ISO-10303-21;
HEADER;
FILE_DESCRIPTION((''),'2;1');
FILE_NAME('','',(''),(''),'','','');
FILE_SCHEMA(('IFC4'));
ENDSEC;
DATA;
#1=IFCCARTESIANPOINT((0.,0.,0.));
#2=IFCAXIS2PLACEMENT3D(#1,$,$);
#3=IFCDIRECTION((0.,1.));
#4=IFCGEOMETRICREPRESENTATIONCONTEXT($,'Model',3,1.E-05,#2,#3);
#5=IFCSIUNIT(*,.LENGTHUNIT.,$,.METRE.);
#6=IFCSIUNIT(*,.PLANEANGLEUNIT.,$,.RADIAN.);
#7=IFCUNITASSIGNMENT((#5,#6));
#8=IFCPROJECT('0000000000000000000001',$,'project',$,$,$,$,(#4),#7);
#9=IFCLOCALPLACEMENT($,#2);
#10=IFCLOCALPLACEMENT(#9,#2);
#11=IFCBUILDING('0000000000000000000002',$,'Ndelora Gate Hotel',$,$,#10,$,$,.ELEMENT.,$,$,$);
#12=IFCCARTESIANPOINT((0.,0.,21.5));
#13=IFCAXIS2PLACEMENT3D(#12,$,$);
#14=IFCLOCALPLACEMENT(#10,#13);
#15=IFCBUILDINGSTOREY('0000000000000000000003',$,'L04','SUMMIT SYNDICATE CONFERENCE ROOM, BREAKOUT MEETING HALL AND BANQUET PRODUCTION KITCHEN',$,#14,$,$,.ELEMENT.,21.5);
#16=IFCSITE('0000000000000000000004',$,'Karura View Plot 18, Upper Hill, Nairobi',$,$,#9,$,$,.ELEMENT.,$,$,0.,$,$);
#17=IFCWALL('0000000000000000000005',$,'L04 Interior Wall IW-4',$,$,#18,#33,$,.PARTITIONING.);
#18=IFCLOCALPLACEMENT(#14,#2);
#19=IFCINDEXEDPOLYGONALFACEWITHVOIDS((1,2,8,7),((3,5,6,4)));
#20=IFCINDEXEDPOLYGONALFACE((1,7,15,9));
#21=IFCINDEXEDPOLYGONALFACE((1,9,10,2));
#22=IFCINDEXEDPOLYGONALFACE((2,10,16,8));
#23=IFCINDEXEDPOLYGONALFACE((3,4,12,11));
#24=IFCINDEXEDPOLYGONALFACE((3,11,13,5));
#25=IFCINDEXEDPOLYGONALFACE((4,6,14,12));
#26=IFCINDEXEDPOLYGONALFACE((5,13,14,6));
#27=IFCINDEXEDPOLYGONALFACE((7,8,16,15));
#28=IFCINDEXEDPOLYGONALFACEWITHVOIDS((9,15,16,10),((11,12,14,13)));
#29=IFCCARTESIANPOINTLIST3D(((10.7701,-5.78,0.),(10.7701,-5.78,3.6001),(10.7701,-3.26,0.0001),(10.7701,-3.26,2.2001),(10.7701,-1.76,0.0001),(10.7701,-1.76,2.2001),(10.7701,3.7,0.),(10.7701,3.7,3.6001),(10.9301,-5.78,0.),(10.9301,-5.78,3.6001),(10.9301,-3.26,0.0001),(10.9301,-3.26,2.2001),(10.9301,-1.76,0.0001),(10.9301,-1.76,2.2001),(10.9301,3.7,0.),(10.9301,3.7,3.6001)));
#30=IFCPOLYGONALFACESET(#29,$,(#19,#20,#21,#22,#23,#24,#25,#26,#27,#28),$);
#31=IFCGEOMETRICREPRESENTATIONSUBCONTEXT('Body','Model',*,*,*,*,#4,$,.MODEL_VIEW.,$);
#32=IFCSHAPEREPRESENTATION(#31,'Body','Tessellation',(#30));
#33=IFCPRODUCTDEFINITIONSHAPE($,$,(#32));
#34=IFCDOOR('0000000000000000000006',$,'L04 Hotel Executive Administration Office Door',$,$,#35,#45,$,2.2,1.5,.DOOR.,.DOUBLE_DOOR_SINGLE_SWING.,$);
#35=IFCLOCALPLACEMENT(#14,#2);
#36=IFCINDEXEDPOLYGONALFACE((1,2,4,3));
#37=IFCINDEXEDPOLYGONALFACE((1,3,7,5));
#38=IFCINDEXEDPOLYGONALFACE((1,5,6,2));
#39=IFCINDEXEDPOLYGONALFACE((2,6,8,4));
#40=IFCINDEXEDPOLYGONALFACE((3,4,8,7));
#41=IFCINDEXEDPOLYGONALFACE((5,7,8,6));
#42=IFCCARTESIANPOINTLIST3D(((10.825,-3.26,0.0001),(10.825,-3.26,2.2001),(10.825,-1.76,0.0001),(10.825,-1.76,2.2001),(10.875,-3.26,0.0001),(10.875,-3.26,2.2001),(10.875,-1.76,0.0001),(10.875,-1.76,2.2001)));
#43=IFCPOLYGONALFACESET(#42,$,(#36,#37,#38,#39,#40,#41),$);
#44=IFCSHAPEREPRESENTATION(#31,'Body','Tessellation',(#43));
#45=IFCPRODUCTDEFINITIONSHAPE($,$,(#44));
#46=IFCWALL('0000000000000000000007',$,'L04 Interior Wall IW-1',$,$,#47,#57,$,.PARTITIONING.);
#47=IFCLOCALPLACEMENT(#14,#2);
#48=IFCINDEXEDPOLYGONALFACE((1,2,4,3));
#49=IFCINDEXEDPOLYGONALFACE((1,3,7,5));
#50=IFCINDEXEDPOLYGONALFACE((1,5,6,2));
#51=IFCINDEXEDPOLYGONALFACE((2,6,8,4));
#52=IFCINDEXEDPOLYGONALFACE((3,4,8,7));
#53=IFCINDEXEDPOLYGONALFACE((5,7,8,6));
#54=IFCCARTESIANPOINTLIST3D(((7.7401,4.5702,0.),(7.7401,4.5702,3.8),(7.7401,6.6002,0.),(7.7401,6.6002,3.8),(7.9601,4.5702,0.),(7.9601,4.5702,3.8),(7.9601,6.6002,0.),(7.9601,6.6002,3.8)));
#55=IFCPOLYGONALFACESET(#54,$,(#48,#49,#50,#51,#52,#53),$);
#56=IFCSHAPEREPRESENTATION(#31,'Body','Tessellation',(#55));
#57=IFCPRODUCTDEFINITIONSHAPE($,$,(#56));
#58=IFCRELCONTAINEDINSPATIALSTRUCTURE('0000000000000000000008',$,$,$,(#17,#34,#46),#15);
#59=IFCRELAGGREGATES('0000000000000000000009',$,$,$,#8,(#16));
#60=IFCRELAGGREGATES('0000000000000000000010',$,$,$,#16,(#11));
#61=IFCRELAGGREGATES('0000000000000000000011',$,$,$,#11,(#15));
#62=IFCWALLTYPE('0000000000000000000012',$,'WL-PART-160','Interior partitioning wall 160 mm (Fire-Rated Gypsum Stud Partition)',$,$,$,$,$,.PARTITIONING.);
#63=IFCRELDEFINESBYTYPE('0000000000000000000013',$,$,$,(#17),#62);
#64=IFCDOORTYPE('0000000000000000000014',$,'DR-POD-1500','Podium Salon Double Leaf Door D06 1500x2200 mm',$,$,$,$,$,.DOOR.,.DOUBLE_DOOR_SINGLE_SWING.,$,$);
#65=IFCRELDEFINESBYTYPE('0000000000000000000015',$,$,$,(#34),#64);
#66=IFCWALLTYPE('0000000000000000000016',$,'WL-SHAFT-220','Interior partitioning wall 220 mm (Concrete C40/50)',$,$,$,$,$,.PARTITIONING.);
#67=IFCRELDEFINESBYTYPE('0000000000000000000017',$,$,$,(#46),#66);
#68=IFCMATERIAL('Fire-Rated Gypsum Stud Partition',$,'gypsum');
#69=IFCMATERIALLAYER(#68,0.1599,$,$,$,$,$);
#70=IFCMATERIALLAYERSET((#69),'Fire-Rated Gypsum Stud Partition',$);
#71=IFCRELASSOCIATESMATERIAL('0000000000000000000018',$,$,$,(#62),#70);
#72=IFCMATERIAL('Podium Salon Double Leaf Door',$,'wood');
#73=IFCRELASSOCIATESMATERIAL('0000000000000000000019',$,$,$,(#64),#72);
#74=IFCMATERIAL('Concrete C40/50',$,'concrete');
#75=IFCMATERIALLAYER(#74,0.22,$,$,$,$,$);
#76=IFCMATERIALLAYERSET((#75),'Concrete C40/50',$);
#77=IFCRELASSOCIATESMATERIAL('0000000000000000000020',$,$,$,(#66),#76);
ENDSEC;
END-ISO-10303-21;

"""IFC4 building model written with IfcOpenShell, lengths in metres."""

from ifc_helpers import new_model, si_unit, direction, frame, frame_2d, origin, place, context, subcontext, project, spatial, rectangle, extrude, material, layer, layer_set, type_object, element, fill, save


model = new_model("IFC4")

# Units and contexts
model_context = context("Model", 3, precision=1e-05, world=origin(), true_north=direction((0.0, 1.0)))
body_context = subcontext(model_context, "Body", "Model", "MODEL_VIEW")
ifc_project = project(units=[si_unit("LENGTHUNIT", "METRE"), si_unit("PLANEANGLEUNIT", "RADIAN")], contexts=[model_context])

# Site, building, storey
site_placement = place(None, origin())
site = spatial("IfcSite", under=ifc_project, at=site_placement, Name="Karura View Plot 18, Upper Hill, Nairobi", CompositionType="ELEMENT", RefElevation=0.0)
building_placement = place(site_placement, origin())
building = spatial("IfcBuilding", under=site, at=building_placement, Name="Ndelora Gate Hotel", CompositionType="ELEMENT")
storey_placement = place(building_placement, frame((0.0, 0.0, 21.5)))
storey = spatial("IfcBuildingStorey", under=building, at=storey_placement, Name="L04", Description="SUMMIT SYNDICATE CONFERENCE ROOM, BREAKOUT MEETING HALL AND BANQUET PRODUCTION KITCHEN", CompositionType="ELEMENT", Elevation=21.5)

# Shared definitions
ifc_material_1 = material(Name="Concrete C40/50", Category="concrete")

# Shared definitions
ifc_material_2 = material(Name="Fire-Rated Gypsum Stud Partition", Category="gypsum")
ifc_layer_1 = layer(ifc_material_2, 0.1599)
ifc_layer_set_1 = layer_set([ifc_layer_1], Name="Fire-Rated Gypsum Stud Partition")
wall_type_1 = type_object("IfcWallType", Name="WL-PART-160", Description="Interior partitioning wall 160 mm (Fire-Rated Gypsum Stud Partition)", PredefinedType="PARTITIONING", material=ifc_layer_set_1)

# Wall, opening, door
wall_1_placement = place(storey_placement, frame((10.8501, 3.7, 0.0), z_axis=(0.0, 0.0, 1.0), x_axis=(0.0, -1.0, 0.0)))
wall_1 = element("IfcWall", 1, at=wall_1_placement, inside=storey, type_object=wall_type_1, Name="L04 Interior Wall IW-4", PredefinedType="PARTITIONING", context=body_context, shape_type="SweptSolid", body=[
    extrude(rectangle(XDim=9.48, YDim=0.1599, at=frame_2d((4.74, 0.0))), origin(), (0.0, 0.0, 1.0), 3.6001),
])
opening_1_placement = place(wall_1_placement, frame((5.46, 0.0, 0.0)))
opening_1 = element("IfcOpeningElement", 2, at=opening_1_placement, cuts=wall_1, PredefinedType="OPENING", context=body_context, shape_type="SweptSolid", body=[
    extrude(rectangle(XDim=1.5, YDim=2.2, at=frame_2d((0.75, 1.1001))), frame((0.0, 0.0898, 0.0), z_axis=(0.0, -1.0, 0.0), x_axis=(1.0, 0.0, 0.0)), (0.0, 0.0, 1.0), 0.1799),
])
ifc_material_3 = material(Name="Podium Salon Double Leaf Door", Category="wood")
door_type_1 = type_object("IfcDoorType", Name="DR-POD-1500", Description="Podium Salon Double Leaf Door D06 1500x2200 mm", OperationType="DOUBLE_DOOR_SINGLE_SWING", PredefinedType="DOOR", material=ifc_material_3)
door_1_placement = place(opening_1_placement, origin())
door_1 = element("IfcDoor", 3, at=door_1_placement, inside=storey, type_object=door_type_1, Name="L04 Hotel Executive Administration Office Door", OperationType="DOUBLE_DOOR_SINGLE_SWING", OverallHeight=2.2, OverallWidth=1.5, PredefinedType="DOOR", context=body_context, shape_type="SweptSolid", body=[
    extrude(rectangle(XDim=1.5, YDim=2.2, at=frame_2d((0.75, 1.1001))), frame((0.0, 0.0249, 0.0), z_axis=(0.0, -1.0, 0.0), x_axis=(1.0, 0.0, 0.0)), (0.0, 0.0, 1.0), 0.05),
])
fill(opening_1, door_1)

# Wall
ifc_layer_2 = layer(ifc_material_1, 0.22)
ifc_layer_set_2 = layer_set([ifc_layer_2], Name="Concrete C40/50")
wall_type_2 = type_object("IfcWallType", Name="WL-SHAFT-220", Description="Interior partitioning wall 220 mm (Concrete C40/50)", PredefinedType="PARTITIONING", material=ifc_layer_set_2)
wall_2_placement = place(storey_placement, frame((7.8501, 4.5701, 0.0), z_axis=(0.0, 0.0, 1.0), x_axis=(0.0, 1.0, 0.0)))
element("IfcWall", 4, at=wall_2_placement, inside=storey, type_object=wall_type_2, Name="L04 Interior Wall IW-1", PredefinedType="PARTITIONING", context=body_context, shape_type="SweptSolid", body=[
    extrude(rectangle(XDim=2.03, YDim=0.22, at=frame_2d((1.0151, 0.0))), origin(), (0.0, 0.0, 1.0), 3.8),
])

save(model, "model.ifc")
